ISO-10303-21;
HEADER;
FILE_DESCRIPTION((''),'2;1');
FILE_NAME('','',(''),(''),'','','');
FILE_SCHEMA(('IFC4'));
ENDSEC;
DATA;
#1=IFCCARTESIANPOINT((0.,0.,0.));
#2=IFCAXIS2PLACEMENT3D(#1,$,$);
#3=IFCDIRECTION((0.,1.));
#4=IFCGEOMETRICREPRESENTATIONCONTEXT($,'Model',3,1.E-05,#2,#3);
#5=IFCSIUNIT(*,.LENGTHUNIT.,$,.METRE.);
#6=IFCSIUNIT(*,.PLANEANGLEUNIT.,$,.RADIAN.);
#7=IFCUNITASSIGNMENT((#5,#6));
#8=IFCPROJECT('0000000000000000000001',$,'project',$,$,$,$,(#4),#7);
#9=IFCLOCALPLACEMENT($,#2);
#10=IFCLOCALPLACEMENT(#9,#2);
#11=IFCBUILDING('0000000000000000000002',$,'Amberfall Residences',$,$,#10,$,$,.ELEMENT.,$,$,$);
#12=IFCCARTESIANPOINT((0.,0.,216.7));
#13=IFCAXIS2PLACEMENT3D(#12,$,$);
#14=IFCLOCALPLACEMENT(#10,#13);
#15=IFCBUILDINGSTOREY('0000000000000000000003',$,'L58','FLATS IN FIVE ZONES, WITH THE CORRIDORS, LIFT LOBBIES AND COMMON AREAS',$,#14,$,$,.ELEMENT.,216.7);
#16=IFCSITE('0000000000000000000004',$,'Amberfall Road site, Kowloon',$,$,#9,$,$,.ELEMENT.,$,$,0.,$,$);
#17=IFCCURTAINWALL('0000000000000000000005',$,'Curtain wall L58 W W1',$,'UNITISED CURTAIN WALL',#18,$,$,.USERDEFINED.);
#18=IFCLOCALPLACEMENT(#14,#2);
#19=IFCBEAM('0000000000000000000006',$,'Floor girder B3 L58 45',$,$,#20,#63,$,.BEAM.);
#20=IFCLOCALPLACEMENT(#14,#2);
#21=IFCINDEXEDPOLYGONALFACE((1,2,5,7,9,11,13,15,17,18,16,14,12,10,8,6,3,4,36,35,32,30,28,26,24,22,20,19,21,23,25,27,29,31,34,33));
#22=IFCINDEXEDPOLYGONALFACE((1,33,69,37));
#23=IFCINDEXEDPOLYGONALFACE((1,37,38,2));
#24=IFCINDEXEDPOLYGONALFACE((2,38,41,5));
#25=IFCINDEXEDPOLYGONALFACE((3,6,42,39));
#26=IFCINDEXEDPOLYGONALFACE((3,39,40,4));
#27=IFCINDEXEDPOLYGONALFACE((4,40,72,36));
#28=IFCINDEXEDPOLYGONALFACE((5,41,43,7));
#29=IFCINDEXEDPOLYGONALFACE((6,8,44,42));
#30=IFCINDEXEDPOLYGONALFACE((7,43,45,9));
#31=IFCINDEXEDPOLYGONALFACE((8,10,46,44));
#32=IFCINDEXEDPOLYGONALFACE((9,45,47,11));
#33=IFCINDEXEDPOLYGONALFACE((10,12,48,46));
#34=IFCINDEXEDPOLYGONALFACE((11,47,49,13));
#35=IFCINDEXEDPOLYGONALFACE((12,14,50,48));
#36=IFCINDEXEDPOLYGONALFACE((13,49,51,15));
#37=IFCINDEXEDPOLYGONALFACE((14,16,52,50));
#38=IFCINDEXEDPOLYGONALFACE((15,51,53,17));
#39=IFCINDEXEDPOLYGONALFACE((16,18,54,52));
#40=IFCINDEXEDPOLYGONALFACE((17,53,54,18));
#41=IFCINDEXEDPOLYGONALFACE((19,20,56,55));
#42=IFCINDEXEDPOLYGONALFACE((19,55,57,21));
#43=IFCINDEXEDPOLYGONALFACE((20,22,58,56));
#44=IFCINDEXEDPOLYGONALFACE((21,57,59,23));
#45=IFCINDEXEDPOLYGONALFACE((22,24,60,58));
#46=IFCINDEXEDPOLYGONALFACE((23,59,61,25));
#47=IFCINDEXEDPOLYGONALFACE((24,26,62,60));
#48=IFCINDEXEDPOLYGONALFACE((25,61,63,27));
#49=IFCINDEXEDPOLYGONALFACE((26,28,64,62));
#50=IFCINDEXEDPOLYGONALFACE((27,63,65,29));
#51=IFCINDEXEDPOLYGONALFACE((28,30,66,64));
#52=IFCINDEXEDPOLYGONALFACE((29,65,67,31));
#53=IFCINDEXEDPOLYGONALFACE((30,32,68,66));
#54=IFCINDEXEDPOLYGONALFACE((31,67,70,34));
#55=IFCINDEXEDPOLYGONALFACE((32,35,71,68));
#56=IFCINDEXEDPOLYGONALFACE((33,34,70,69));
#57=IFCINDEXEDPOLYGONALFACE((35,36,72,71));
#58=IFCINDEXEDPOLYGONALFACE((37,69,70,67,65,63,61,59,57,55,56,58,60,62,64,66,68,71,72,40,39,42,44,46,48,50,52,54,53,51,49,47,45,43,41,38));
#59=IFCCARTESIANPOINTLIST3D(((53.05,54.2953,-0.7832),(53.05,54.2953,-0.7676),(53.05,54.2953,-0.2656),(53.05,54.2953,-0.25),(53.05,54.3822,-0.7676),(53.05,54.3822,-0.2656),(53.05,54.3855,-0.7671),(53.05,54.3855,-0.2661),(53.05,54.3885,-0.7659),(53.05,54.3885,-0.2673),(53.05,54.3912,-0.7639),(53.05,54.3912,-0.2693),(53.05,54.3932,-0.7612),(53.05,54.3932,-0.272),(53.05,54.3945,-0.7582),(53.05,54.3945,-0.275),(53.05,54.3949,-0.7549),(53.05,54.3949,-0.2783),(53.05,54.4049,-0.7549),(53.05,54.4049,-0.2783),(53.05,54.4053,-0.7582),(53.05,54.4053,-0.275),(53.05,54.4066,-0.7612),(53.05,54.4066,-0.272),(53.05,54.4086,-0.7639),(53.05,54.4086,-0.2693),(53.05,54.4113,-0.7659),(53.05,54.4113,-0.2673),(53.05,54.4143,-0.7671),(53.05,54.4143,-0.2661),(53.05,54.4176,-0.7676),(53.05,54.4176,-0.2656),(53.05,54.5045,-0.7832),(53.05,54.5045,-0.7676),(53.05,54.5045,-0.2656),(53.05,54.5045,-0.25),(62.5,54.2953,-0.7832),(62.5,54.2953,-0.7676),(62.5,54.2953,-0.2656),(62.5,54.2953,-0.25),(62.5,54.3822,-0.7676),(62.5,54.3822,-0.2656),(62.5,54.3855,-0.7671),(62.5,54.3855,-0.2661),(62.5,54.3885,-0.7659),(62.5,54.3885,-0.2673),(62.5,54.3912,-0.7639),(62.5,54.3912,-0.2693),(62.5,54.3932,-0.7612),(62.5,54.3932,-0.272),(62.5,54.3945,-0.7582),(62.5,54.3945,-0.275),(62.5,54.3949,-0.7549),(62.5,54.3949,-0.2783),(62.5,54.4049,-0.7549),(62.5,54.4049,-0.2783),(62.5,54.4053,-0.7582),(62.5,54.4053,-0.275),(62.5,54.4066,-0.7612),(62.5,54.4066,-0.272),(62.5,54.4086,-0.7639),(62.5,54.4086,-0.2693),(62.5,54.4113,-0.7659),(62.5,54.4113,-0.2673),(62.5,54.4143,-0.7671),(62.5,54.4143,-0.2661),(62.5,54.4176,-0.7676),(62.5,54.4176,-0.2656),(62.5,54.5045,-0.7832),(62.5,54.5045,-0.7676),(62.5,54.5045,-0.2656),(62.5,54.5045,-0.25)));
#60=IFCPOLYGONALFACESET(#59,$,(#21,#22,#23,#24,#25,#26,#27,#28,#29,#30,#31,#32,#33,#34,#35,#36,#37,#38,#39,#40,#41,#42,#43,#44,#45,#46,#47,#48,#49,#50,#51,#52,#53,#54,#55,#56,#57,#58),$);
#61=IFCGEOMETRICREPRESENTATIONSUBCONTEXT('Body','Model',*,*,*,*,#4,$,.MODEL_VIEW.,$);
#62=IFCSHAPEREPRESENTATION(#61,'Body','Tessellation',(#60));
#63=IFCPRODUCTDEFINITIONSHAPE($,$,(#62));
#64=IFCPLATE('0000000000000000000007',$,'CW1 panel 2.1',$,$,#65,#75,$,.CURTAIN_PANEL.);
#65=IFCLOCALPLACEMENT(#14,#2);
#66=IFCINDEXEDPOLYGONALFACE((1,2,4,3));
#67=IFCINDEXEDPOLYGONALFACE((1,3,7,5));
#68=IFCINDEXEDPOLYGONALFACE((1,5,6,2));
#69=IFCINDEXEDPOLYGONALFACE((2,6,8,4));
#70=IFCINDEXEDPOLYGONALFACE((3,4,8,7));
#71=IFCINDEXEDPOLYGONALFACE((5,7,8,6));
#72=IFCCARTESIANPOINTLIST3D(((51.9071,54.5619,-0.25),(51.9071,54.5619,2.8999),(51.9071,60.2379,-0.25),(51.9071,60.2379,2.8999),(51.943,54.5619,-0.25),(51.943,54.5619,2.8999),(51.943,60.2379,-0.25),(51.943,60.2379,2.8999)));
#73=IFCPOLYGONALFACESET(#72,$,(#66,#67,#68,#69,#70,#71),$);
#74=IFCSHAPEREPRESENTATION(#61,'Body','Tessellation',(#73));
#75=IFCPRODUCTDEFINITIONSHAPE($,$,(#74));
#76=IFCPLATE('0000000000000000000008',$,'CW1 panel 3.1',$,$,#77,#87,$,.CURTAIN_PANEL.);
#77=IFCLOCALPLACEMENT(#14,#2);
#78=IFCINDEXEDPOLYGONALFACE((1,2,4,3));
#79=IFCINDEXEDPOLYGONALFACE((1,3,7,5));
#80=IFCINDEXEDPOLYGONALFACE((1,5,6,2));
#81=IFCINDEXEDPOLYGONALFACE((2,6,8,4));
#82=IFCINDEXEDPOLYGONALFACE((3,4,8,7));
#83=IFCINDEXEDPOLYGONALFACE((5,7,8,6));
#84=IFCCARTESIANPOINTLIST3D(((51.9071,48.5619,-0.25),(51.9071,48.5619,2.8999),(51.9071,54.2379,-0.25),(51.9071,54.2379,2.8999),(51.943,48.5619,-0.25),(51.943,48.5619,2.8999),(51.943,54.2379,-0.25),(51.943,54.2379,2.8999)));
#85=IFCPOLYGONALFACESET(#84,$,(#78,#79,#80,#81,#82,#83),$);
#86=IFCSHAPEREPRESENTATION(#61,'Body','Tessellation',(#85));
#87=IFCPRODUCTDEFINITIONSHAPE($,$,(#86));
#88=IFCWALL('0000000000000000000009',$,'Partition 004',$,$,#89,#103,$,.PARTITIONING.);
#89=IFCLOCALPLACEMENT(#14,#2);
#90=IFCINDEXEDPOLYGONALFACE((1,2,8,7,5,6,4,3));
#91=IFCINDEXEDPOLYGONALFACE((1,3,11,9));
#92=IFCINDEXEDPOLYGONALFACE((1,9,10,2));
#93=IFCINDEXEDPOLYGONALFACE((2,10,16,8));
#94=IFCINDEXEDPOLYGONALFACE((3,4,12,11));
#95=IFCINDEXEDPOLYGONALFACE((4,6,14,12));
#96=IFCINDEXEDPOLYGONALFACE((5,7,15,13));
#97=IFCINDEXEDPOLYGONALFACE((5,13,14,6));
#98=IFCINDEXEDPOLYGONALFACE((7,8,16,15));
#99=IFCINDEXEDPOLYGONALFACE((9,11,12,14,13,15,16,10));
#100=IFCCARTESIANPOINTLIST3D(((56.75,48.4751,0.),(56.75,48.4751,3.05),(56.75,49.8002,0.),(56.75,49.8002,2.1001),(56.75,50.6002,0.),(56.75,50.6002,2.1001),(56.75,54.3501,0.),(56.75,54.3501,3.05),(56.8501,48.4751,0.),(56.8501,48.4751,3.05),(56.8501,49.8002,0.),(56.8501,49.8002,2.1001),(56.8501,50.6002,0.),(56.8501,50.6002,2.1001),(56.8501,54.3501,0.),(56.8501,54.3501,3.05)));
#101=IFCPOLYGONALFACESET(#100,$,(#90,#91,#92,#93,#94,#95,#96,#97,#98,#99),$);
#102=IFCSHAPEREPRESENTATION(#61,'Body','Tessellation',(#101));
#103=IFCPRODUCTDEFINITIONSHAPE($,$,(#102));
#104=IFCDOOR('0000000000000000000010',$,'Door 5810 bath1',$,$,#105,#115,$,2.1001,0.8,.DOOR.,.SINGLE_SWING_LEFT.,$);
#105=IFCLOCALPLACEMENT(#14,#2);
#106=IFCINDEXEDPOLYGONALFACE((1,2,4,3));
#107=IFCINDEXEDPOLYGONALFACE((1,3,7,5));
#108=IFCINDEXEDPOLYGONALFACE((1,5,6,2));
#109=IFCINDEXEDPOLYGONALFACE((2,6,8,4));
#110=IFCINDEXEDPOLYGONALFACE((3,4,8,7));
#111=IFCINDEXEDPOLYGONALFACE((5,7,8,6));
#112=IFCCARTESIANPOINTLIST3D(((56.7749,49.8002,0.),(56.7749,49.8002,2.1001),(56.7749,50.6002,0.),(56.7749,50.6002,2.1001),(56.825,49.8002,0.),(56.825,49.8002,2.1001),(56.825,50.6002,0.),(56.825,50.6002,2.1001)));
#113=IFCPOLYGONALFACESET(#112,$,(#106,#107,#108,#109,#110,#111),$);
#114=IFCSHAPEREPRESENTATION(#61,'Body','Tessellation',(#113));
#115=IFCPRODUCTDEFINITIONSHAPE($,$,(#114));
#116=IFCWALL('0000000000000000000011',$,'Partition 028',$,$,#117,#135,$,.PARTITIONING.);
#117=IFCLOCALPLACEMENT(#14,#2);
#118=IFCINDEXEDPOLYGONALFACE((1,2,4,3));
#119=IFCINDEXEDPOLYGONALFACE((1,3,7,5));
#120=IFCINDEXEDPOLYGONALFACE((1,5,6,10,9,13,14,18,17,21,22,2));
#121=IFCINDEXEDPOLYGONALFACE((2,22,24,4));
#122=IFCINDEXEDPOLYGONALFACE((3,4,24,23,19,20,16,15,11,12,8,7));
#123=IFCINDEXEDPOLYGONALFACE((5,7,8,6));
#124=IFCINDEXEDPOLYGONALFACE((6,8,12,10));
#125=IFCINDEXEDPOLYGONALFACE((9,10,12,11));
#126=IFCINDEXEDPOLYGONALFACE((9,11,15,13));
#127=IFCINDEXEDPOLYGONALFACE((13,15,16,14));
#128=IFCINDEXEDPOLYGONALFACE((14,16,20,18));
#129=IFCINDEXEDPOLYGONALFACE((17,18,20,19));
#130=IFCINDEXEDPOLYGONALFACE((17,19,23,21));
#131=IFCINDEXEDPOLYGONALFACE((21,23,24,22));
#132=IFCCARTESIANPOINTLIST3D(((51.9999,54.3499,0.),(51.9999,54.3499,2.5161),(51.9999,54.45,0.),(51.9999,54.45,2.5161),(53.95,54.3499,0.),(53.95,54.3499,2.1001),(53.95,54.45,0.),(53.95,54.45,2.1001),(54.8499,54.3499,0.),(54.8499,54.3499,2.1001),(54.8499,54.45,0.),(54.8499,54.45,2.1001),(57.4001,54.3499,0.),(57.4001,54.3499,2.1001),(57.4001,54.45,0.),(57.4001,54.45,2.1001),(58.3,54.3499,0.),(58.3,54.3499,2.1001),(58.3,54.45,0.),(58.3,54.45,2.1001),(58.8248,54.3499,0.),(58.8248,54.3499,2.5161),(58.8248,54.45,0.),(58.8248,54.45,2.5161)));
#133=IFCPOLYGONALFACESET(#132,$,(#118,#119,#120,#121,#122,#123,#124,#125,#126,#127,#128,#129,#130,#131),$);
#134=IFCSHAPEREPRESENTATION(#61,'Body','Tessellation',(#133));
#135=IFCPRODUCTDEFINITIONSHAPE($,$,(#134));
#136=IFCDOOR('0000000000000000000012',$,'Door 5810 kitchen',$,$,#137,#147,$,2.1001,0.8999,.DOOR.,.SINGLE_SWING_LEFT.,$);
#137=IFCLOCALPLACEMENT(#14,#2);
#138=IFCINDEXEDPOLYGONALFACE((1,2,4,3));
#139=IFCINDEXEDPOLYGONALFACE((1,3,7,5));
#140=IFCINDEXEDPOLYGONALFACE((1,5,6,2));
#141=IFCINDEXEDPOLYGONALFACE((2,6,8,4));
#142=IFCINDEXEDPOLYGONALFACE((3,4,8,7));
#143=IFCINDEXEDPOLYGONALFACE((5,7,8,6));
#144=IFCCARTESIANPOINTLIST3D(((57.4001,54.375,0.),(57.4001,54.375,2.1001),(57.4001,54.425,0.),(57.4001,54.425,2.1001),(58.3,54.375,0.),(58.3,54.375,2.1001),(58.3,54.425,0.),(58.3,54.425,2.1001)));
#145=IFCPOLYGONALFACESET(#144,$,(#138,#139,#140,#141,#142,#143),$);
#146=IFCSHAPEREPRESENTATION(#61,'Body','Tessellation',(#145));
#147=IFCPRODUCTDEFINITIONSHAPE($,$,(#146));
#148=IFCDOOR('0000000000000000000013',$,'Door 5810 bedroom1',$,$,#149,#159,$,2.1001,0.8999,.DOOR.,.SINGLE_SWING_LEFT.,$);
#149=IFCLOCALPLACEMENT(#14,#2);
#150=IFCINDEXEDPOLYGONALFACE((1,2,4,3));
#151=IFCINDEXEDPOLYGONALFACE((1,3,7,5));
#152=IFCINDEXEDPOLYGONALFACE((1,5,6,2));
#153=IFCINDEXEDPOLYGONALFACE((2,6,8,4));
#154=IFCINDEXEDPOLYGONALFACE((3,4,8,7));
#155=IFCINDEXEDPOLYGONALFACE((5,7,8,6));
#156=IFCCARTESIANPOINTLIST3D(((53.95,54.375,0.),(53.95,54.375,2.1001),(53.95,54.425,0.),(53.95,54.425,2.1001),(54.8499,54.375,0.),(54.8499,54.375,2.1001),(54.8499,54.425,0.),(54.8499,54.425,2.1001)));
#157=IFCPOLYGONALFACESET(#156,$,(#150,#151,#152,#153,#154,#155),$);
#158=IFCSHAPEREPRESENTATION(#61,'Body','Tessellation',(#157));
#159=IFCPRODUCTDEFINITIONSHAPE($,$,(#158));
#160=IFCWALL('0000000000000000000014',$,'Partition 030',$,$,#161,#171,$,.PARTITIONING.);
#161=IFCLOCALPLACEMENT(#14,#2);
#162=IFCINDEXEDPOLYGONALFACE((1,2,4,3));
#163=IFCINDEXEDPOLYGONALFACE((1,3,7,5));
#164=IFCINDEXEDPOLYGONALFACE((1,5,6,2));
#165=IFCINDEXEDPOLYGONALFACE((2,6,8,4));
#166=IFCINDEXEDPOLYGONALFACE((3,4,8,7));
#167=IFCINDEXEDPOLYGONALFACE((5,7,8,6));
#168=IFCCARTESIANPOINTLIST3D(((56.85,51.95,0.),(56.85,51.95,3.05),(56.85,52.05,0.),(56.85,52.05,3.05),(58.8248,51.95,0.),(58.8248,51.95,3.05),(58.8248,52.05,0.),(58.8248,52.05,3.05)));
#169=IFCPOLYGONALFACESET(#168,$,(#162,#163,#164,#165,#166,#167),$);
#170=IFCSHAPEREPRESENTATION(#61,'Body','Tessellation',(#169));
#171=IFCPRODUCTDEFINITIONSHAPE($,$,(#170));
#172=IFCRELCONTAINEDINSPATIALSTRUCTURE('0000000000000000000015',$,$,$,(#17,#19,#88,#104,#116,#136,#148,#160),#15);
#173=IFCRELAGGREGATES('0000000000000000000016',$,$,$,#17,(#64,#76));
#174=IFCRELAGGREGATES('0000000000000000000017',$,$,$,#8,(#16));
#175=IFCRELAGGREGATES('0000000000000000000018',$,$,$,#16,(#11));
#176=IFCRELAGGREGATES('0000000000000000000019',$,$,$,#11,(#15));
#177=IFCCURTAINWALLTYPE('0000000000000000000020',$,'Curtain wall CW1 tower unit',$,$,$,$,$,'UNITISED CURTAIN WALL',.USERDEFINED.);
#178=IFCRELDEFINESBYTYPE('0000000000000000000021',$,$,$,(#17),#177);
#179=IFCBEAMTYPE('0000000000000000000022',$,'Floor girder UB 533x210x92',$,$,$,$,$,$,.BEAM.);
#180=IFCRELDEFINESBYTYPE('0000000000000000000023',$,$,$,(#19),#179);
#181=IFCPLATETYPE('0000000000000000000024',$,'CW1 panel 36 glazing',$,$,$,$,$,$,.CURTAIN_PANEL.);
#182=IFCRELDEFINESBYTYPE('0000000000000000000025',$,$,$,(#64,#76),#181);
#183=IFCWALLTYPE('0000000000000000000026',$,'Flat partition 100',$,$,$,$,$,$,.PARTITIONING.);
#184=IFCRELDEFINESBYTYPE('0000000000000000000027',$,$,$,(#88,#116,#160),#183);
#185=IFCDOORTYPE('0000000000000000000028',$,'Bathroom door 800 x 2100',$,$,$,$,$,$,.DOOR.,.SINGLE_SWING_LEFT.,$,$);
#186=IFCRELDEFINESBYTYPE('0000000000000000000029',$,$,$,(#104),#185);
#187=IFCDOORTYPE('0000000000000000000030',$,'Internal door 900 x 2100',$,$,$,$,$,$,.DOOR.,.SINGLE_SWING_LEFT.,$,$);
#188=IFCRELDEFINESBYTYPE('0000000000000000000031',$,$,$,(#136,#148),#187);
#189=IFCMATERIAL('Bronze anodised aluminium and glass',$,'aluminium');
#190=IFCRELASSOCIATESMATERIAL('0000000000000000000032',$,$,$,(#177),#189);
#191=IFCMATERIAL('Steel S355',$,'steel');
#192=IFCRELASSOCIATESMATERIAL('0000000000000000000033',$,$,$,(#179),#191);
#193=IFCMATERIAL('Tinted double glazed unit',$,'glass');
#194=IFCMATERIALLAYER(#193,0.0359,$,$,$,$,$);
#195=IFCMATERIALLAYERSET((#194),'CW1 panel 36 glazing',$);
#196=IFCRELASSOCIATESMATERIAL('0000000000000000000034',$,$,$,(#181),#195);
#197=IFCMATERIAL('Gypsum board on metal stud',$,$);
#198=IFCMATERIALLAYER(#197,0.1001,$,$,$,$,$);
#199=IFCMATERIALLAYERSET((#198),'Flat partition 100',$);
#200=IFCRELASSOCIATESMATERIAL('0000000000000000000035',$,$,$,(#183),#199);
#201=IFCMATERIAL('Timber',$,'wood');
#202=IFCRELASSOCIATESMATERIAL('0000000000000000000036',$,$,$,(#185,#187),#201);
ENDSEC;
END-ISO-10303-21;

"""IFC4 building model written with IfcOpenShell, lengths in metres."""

from ifc_helpers import new_model, si_unit, direction, frame, frame_2d, origin, origin_2d, place, context, subcontext, project, spatial, rectangle, i_section, extrude, material, layer, layer_set, material_profile, profile_set, type_object, element, fill, aggregate, save


model = new_model("IFC4")

# Units and contexts
model_context = context("Model", 3, precision=1e-05, world=origin(), true_north=direction((0.0, 1.0)))
body_context = subcontext(model_context, "Body", "Model", "MODEL_VIEW")
ifc_project = project(units=[si_unit("LENGTHUNIT", "METRE"), si_unit("PLANEANGLEUNIT", "RADIAN")], contexts=[model_context])

# Site, building, storey
site_placement = place(None, origin())
site = spatial("IfcSite", under=ifc_project, at=site_placement, Name="Amberfall Road site, Kowloon", CompositionType="ELEMENT", RefElevation=0.0)
building_placement = place(site_placement, origin())
building = spatial("IfcBuilding", under=site, at=building_placement, Name="Amberfall Residences", CompositionType="ELEMENT")
storey_placement = place(building_placement, frame((0.0, 0.0, 216.7)))
storey = spatial("IfcBuildingStorey", under=building, at=storey_placement, Name="L58", Description="FLATS IN FIVE ZONES, WITH THE CORRIDORS, LIFT LOBBIES AND COMMON AREAS", CompositionType="ELEMENT", Elevation=216.7)

# Curtain wall
ifc_material_1 = material(Name="Bronze anodised aluminium and glass", Category="aluminium")
curtain_wall_type = type_object("IfcCurtainWallType", Name="Curtain wall CW1 tower unit", ElementType="UNITISED CURTAIN WALL", PredefinedType="USERDEFINED", material=ifc_material_1)
curtain_wall_placement = place(storey_placement, origin())
curtain_wall = element("IfcCurtainWall", 1, at=curtain_wall_placement, inside=storey, type_object=curtain_wall_type, Name="Curtain wall L58 W W1", ObjectType="UNITISED CURTAIN WALL", PredefinedType="USERDEFINED")

# Shared definitions
ifc_material_2 = material(Name="Steel S355", Category="steel")

# Beam
ifc_material_profile_1 = material_profile(ifc_material_2, i_section(OverallWidth=0.2092, OverallDepth=0.5332, WebThickness=0.01, FlangeThickness=0.0156, FilletRadius=0.0127, at=origin_2d()), Name="UB 533x210x92")
ifc_profile_set_1 = profile_set([ifc_material_profile_1], Name="Steel S355")
beam_type_1 = type_object("IfcBeamType", Name="Floor girder UB 533x210x92", PredefinedType="BEAM", material=ifc_profile_set_1)
beam_1_placement = place(storey_placement, frame((53.05, 54.3999, -0.5166), z_axis=(1.0, 0.0, 0.0), x_axis=(0.0, 1.0, 0.0)))
element("IfcBeam", 2, at=beam_1_placement, inside=storey, type_object=beam_type_1, Name="Floor girder B3 L58 45", PredefinedType="BEAM", context=body_context, shape_type="SweptSolid", body=[
    extrude(i_section(OverallWidth=0.2092, OverallDepth=0.5332, WebThickness=0.01, FlangeThickness=0.0156, FilletRadius=0.0127, at=origin_2d()), origin(), (0.0, 0.0, 1.0), 9.45),
])

# Plates
ifc_material_3 = material(Name="Tinted double glazed unit", Category="glass")
ifc_layer_1 = layer(ifc_material_3, 0.0359)
ifc_layer_set_1 = layer_set([ifc_layer_1], Name="CW1 panel 36 glazing")
plate_type = type_object("IfcPlateType", Name="CW1 panel 36 glazing", PredefinedType="CURTAIN_PANEL", material=ifc_layer_set_1)
plate_1_placement = place(storey_placement, frame((51.925, 57.3999, -0.25), z_axis=(0.0, 0.0, 1.0), x_axis=(0.0, -1.0, 0.0)))
plate_1 = element("IfcPlate", 3, at=plate_1_placement, type_object=plate_type, Name="CW1 panel 2.1", PredefinedType="CURTAIN_PANEL", context=body_context, shape_type="SweptSolid", body=[
    extrude(rectangle(XDim=5.676, YDim=0.0359, at=origin_2d()), origin(), (0.0, 0.0, 1.0), 3.1499),
])
plate_2_placement = place(storey_placement, frame((51.925, 51.3999, -0.25), z_axis=(0.0, 0.0, 1.0), x_axis=(0.0, -1.0, 0.0)))
plate_2 = element("IfcPlate", 4, at=plate_2_placement, type_object=plate_type, Name="CW1 panel 3.1", PredefinedType="CURTAIN_PANEL", context=body_context, shape_type="SweptSolid", body=[
    extrude(rectangle(XDim=5.676, YDim=0.0359, at=origin_2d()), origin(), (0.0, 0.0, 1.0), 3.1499),
])
aggregate(curtain_wall, [plate_1, plate_2])

# Wall, opening, door
ifc_material_4 = material(Name="Gypsum board on metal stud")
ifc_layer_2 = layer(ifc_material_4, 0.1001)
ifc_layer_set_2 = layer_set([ifc_layer_2], Name="Flat partition 100")
wall_type = type_object("IfcWallType", Name="Flat partition 100", PredefinedType="PARTITIONING", material=ifc_layer_set_2)
wall_1_placement = place(storey_placement, frame((56.8, 54.3501, 0.0), z_axis=(0.0, 0.0, 1.0), x_axis=(0.0, -1.0, 0.0)))
wall_1 = element("IfcWall", 5, at=wall_1_placement, inside=storey, type_object=wall_type, Name="Partition 004", PredefinedType="PARTITIONING", context=body_context, shape_type="SweptSolid", body=[
    extrude(rectangle(XDim=5.875, YDim=0.1001, at=frame_2d((2.9375, 0.0))), origin(), (0.0, 0.0, 1.0), 3.05),
])
opening_1_placement = place(wall_1_placement, frame((3.75, 0.0, 0.0)))
opening_1 = element("IfcOpeningElement", 6, at=opening_1_placement, cuts=wall_1, PredefinedType="OPENING", context=body_context, shape_type="SweptSolid", body=[
    extrude(rectangle(XDim=0.8, YDim=2.1001, at=frame_2d((0.3999, 1.05))), frame((0.0, 0.0601, 0.0), z_axis=(0.0, -1.0, 0.0), x_axis=(1.0, 0.0, 0.0)), (0.0, 0.0, 1.0), 0.1201),
])
ifc_material_5 = material(Name="Timber", Category="wood")
door_type_1 = type_object("IfcDoorType", Name="Bathroom door 800 x 2100", OperationType="SINGLE_SWING_LEFT", PredefinedType="DOOR", material=ifc_material_5)
door_1_placement = place(opening_1_placement, origin())
door_1 = element("IfcDoor", 7, at=door_1_placement, inside=storey, type_object=door_type_1, Name="Door 5810 bath1", OperationType="SINGLE_SWING_LEFT", OverallHeight=2.1001, OverallWidth=0.8, PredefinedType="DOOR", context=body_context, shape_type="SweptSolid", body=[
    extrude(rectangle(XDim=0.8, YDim=2.1001, at=frame_2d((0.3999, 1.05))), frame((0.0, 0.0249, 0.0), z_axis=(0.0, -1.0, 0.0), x_axis=(1.0, 0.0, 0.0)), (0.0, 0.0, 1.0), 0.05),
])
fill(opening_1, door_1)

# Wall, openings, doors
wall_2_placement = place(storey_placement, frame((58.825, 54.3999, 0.0), z_axis=(0.0, 0.0, 1.0), x_axis=(-1.0, 0.0, 0.0)))
wall_2 = element("IfcWall", 8, at=wall_2_placement, inside=storey, type_object=wall_type, Name="Partition 028", PredefinedType="PARTITIONING", context=body_context, shape_type="SweptSolid", body=[
    extrude(rectangle(XDim=6.825, YDim=0.1001, at=frame_2d((3.4126, 0.0))), origin(), (0.0, 0.0, 1.0), 2.5161),
])
opening_2_placement = place(wall_2_placement, frame((0.5249, 0.0, 0.0)))
opening_2 = element("IfcOpeningElement", 9, at=opening_2_placement, cuts=wall_2, PredefinedType="OPENING", context=body_context, shape_type="SweptSolid", body=[
    extrude(rectangle(XDim=0.8999, YDim=2.1001, at=frame_2d((0.45, 1.05))), frame((0.0, 0.0601, 0.0), z_axis=(0.0, -1.0, 0.0), x_axis=(1.0, 0.0, 0.0)), (0.0, 0.0, 1.0), 0.1201),
])
opening_3_placement = place(wall_2_placement, frame((3.9751, 0.0, 0.0)))
opening_3 = element("IfcOpeningElement", 10, at=opening_3_placement, cuts=wall_2, PredefinedType="OPENING", context=body_context, shape_type="SweptSolid", body=[
    extrude(rectangle(XDim=0.8999, YDim=2.1001, at=frame_2d((0.45, 1.05))), frame((0.0, 0.0601, 0.0), z_axis=(0.0, -1.0, 0.0), x_axis=(1.0, 0.0, 0.0)), (0.0, 0.0, 1.0), 0.1201),
])
door_type_2 = type_object("IfcDoorType", Name="Internal door 900 x 2100", OperationType="SINGLE_SWING_LEFT", PredefinedType="DOOR", material=ifc_material_5)
door_2_placement = place(opening_2_placement, origin())
door_2 = element("IfcDoor", 11, at=door_2_placement, inside=storey, type_object=door_type_2, Name="Door 5810 kitchen", OperationType="SINGLE_SWING_LEFT", OverallHeight=2.1001, OverallWidth=0.8999, PredefinedType="DOOR", context=body_context, shape_type="SweptSolid", body=[
    extrude(rectangle(XDim=0.8999, YDim=2.1001, at=frame_2d((0.45, 1.05))), frame((0.0, 0.0249, 0.0), z_axis=(0.0, -1.0, 0.0), x_axis=(1.0, 0.0, 0.0)), (0.0, 0.0, 1.0), 0.05),
])
fill(opening_2, door_2)
door_3_placement = place(opening_3_placement, origin())
door_3 = element("IfcDoor", 12, at=door_3_placement, inside=storey, type_object=door_type_2, Name="Door 5810 bedroom1", OperationType="SINGLE_SWING_LEFT", OverallHeight=2.1001, OverallWidth=0.8999, PredefinedType="DOOR", context=body_context, shape_type="SweptSolid", body=[
    extrude(rectangle(XDim=0.8999, YDim=2.1001, at=frame_2d((0.45, 1.05))), frame((0.0, 0.0249, 0.0), z_axis=(0.0, -1.0, 0.0), x_axis=(1.0, 0.0, 0.0)), (0.0, 0.0, 1.0), 0.05),
])
fill(opening_3, door_3)

# Wall
wall_3_placement = place(storey_placement, frame((56.8501, 52.0, 0.0), z_axis=(0.0, 0.0, 1.0), x_axis=(1.0, 0.0, 0.0)))
element("IfcWall", 13, at=wall_3_placement, inside=storey, type_object=wall_type, Name="Partition 030", PredefinedType="PARTITIONING", context=body_context, shape_type="SweptSolid", body=[
    extrude(rectangle(XDim=1.9749, YDim=0.1001, at=frame_2d((0.9873, 0.0))), origin(), (0.0, 0.0, 1.0), 3.05),
])

save(model, "model.ifc")
